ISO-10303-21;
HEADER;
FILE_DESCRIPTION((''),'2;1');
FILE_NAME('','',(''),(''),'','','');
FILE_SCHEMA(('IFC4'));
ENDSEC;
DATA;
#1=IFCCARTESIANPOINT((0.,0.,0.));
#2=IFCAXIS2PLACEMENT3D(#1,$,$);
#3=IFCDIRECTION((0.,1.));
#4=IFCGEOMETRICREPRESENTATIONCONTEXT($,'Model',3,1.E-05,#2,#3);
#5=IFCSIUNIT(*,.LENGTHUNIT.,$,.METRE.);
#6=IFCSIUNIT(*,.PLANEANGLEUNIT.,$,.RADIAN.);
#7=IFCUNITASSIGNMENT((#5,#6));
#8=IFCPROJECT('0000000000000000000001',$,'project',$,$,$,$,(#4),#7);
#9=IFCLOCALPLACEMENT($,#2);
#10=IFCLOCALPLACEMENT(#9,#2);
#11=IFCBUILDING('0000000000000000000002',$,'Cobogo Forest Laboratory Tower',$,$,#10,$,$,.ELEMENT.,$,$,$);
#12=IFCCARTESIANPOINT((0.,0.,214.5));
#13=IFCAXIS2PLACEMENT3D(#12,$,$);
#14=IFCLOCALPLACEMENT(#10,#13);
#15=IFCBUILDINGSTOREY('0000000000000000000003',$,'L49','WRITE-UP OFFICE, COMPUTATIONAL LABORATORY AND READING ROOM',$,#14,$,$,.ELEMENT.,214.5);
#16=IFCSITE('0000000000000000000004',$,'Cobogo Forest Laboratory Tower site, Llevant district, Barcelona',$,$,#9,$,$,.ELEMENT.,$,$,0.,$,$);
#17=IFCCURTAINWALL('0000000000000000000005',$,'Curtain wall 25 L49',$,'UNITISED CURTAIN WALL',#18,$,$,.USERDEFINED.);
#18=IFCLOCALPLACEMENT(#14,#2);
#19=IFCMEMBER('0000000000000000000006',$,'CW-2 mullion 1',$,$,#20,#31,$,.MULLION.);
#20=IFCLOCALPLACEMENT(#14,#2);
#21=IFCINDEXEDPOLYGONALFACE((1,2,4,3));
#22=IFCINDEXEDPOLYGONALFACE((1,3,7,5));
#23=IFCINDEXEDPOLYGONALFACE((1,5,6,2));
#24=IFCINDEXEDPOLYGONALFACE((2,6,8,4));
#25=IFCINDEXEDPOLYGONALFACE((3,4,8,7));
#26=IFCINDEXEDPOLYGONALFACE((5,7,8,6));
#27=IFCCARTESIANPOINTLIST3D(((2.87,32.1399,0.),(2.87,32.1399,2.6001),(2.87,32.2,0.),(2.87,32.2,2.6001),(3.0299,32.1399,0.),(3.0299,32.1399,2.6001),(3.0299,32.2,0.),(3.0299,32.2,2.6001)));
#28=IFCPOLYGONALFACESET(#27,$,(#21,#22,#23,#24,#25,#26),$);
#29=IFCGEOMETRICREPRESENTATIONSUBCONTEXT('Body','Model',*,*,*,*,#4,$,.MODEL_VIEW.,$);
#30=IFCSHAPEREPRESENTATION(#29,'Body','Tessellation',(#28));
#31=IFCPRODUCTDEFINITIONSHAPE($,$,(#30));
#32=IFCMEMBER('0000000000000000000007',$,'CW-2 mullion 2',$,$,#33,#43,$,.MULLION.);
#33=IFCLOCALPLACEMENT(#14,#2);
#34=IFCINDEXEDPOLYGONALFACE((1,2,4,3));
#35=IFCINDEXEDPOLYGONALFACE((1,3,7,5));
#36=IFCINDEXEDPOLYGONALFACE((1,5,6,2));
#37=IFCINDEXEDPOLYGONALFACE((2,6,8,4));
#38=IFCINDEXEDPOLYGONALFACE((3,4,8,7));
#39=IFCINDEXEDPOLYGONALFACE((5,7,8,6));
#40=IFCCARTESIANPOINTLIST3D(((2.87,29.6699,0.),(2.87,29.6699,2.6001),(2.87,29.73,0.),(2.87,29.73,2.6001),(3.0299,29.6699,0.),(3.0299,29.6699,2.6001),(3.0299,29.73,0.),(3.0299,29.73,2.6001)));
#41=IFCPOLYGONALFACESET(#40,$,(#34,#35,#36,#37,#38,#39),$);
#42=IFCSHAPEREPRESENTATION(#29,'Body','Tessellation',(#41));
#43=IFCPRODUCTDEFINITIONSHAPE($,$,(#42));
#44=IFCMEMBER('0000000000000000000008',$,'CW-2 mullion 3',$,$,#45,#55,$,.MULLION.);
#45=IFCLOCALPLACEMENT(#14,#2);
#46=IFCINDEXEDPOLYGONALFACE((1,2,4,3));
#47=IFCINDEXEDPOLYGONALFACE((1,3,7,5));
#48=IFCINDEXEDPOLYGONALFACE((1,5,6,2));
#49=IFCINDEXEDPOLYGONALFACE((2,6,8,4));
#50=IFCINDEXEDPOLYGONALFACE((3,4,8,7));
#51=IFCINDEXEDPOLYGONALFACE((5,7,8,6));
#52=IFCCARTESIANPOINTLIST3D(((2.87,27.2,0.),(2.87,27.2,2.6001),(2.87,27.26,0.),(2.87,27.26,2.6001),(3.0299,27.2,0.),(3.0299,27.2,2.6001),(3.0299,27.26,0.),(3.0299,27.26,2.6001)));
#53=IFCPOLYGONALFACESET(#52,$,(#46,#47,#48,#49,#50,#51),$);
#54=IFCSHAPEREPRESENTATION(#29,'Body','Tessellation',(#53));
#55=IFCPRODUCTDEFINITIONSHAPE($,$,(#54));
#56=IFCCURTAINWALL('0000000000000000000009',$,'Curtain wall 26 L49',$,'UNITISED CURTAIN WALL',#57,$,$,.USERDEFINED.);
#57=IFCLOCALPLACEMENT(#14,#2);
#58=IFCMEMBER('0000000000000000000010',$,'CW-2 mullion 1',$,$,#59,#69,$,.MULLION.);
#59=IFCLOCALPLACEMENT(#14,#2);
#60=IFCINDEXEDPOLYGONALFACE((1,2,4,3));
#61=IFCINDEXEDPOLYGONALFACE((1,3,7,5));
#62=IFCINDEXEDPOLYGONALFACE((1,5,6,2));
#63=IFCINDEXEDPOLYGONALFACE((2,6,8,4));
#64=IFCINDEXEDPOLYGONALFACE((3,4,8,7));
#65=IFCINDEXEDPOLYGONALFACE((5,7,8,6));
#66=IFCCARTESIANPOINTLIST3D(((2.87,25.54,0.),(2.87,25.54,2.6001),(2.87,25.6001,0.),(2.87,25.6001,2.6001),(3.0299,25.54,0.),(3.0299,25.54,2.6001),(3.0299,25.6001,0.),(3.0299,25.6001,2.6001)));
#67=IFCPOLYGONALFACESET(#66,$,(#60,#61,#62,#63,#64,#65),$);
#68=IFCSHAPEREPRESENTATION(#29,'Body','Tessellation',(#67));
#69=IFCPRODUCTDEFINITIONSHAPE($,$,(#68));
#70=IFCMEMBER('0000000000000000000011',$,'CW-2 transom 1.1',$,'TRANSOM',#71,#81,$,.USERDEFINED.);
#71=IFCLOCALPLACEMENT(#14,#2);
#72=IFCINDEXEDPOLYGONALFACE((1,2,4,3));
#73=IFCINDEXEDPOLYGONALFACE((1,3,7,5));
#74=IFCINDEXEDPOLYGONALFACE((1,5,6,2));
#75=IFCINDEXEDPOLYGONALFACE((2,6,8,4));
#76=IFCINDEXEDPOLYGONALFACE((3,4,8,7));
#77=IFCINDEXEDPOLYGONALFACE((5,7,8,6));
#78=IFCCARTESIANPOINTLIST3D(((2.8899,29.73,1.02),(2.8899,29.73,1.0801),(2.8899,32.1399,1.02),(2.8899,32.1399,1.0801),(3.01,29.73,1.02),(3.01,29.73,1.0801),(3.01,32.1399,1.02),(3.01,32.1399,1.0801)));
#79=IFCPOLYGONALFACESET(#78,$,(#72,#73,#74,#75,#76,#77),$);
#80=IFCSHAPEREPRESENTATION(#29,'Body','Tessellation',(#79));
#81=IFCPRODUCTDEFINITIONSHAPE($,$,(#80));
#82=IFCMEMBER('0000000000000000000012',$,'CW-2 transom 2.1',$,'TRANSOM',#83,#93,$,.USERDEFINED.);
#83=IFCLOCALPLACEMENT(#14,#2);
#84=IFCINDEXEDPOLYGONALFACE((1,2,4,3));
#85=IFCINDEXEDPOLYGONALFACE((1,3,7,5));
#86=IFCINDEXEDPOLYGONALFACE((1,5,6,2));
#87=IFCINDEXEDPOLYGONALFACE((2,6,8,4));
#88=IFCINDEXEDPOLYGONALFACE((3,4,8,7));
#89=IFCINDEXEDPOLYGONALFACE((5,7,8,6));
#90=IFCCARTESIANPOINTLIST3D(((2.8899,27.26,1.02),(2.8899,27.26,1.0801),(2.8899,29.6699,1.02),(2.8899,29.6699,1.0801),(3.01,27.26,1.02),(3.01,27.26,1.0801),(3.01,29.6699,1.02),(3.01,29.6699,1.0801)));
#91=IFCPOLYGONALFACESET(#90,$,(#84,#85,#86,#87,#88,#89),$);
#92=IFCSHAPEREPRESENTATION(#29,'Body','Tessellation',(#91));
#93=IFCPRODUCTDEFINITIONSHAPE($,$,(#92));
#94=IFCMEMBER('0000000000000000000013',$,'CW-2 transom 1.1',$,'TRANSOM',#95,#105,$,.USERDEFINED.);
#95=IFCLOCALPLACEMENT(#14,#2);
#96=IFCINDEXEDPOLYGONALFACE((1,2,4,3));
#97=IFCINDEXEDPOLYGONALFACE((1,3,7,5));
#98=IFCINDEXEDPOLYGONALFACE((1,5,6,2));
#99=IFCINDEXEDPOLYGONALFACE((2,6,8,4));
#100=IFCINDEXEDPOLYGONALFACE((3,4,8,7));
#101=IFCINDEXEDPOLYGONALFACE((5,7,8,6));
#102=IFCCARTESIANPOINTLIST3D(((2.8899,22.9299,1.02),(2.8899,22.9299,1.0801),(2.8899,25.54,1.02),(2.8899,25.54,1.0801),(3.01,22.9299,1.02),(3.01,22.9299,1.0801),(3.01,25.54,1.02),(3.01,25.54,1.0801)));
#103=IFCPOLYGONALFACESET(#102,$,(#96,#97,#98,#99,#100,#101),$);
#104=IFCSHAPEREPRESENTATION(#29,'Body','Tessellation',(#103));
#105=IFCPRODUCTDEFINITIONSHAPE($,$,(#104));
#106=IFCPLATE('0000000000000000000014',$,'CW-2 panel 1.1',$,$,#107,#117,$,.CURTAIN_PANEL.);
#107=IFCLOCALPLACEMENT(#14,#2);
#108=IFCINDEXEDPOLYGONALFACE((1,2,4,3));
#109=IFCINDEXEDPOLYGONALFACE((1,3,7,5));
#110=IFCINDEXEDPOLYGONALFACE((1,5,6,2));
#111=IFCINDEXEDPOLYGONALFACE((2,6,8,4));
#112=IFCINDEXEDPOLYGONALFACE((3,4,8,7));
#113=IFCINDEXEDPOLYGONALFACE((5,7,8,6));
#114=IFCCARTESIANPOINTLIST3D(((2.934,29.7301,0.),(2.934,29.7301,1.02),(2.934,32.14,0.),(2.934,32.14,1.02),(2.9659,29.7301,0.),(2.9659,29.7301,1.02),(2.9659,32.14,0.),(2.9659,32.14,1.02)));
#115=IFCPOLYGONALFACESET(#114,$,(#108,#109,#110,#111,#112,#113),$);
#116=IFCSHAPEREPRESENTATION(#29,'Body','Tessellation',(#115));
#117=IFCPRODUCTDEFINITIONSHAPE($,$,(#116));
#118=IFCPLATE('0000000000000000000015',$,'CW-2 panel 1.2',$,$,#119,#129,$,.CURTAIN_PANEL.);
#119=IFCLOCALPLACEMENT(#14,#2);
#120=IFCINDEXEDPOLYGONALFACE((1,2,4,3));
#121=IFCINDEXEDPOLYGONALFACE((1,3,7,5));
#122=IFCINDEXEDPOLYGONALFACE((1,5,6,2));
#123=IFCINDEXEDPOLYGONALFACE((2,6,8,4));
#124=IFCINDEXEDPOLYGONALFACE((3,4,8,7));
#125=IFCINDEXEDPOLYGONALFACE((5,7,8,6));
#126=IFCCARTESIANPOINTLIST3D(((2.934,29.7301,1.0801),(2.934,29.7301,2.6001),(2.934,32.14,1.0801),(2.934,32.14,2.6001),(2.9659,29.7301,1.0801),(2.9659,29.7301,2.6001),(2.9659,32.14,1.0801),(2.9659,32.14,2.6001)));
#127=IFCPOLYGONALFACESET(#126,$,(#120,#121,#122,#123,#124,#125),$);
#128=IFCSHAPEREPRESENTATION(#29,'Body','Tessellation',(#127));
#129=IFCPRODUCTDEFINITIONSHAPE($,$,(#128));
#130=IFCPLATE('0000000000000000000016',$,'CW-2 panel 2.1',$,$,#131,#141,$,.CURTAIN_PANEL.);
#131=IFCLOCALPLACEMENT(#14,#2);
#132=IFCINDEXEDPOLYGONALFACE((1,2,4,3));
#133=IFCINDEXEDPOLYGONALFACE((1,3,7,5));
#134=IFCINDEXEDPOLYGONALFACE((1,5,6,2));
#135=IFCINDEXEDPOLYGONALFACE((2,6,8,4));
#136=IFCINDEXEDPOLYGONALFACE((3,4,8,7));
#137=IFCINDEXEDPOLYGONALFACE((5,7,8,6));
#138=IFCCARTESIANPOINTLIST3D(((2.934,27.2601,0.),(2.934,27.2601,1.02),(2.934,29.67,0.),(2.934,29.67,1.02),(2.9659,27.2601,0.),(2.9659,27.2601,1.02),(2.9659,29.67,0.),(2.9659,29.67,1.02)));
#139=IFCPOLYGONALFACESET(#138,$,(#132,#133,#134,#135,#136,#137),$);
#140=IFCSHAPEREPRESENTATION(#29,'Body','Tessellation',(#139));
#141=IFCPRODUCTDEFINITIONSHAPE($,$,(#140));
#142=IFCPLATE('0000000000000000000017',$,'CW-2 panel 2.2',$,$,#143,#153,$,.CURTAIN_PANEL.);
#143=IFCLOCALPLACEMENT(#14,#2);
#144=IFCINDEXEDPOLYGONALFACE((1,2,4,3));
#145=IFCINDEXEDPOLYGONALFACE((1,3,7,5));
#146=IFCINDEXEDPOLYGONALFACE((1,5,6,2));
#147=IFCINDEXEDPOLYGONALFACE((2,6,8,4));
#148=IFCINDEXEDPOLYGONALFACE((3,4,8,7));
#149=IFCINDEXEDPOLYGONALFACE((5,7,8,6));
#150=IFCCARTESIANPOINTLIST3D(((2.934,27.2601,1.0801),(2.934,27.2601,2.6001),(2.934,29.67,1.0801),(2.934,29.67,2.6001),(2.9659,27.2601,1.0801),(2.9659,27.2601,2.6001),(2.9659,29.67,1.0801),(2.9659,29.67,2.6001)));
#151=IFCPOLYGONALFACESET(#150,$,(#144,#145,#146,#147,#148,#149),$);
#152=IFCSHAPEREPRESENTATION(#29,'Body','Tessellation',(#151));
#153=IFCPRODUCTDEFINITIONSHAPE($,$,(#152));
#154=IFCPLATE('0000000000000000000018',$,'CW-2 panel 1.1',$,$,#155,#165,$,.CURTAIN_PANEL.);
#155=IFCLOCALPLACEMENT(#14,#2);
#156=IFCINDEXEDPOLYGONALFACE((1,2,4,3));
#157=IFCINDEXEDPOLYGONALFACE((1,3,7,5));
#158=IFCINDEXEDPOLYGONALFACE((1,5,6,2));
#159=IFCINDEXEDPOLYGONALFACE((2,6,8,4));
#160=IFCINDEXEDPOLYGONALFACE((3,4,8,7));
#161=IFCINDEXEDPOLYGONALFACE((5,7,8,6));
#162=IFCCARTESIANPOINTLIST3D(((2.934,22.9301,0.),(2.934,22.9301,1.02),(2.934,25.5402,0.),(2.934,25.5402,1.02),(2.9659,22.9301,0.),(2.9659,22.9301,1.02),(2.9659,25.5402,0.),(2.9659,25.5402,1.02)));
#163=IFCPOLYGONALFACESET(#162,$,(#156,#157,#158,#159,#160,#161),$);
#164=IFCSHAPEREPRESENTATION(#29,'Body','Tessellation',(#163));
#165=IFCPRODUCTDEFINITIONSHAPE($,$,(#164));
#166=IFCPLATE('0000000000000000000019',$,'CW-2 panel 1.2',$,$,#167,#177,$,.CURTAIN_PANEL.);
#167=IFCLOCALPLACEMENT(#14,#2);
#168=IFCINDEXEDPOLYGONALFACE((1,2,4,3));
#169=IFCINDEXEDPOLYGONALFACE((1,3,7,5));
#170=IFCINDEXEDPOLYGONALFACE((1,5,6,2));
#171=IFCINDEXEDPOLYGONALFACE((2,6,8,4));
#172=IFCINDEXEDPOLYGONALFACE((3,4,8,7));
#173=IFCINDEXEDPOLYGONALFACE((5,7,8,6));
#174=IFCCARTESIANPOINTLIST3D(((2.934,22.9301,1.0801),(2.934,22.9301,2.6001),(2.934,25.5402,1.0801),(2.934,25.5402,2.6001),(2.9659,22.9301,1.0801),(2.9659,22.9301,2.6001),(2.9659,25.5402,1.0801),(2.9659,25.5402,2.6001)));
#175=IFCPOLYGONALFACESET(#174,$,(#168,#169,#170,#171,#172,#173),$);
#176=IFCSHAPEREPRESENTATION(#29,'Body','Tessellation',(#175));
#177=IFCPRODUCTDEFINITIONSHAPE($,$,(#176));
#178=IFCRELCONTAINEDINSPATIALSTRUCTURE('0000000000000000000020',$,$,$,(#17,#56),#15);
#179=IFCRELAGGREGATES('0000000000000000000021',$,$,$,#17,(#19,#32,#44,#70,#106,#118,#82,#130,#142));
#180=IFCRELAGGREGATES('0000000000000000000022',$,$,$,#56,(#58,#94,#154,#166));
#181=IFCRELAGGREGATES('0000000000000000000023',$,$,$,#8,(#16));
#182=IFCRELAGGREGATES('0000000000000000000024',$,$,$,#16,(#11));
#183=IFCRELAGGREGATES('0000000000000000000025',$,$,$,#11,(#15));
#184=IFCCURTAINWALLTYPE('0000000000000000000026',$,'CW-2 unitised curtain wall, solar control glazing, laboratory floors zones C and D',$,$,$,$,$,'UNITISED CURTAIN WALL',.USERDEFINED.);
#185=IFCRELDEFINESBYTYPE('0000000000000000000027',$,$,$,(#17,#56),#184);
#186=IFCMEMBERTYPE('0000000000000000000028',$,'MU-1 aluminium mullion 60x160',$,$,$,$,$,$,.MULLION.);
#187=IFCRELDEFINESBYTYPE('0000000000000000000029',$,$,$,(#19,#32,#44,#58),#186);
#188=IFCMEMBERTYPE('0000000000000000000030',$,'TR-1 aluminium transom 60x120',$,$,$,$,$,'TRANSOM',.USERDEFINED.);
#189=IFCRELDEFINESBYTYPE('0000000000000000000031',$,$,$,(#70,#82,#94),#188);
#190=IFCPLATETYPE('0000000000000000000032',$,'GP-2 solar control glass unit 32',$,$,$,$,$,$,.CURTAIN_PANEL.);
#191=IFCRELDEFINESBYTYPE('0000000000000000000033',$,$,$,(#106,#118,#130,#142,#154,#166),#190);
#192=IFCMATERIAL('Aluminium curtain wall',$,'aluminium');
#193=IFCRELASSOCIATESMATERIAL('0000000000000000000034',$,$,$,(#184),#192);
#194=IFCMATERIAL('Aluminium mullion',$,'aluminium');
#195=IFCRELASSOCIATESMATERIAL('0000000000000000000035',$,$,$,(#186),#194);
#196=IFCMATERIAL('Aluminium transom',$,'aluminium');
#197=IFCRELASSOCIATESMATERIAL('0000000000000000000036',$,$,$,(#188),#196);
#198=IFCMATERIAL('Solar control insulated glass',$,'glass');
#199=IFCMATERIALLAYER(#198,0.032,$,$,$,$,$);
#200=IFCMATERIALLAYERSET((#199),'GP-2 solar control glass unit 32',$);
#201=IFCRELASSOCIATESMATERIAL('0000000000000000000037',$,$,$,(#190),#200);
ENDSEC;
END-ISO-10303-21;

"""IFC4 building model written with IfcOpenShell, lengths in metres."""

from ifc_helpers import new_model, si_unit, direction, frame, origin, origin_2d, place, context, subcontext, project, spatial, rectangle, extrude, material, layer, layer_set, material_profile, profile_set, type_object, element, aggregate, save


model = new_model("IFC4")

# Units and contexts
model_context = context("Model", 3, precision=1e-05, world=origin(), true_north=direction((0.0, 1.0)))
body_context = subcontext(model_context, "Body", "Model", "MODEL_VIEW")
ifc_project = project(units=[si_unit("LENGTHUNIT", "METRE"), si_unit("PLANEANGLEUNIT", "RADIAN")], contexts=[model_context])

# Site, building, storey
site_placement = place(None, origin())
site = spatial("IfcSite", under=ifc_project, at=site_placement, Name="Cobogo Forest Laboratory Tower site, Llevant district, Barcelona", CompositionType="ELEMENT", RefElevation=0.0)
building_placement = place(site_placement, origin())
building = spatial("IfcBuilding", under=site, at=building_placement, Name="Cobogo Forest Laboratory Tower", CompositionType="ELEMENT")
storey_placement = place(building_placement, frame((0.0, 0.0, 214.5)))
storey = spatial("IfcBuildingStorey", under=building, at=storey_placement, Name="L49", Description="WRITE-UP OFFICE, COMPUTATIONAL LABORATORY AND READING ROOM", CompositionType="ELEMENT", Elevation=214.5)

# Curtain wall, members
ifc_material_1 = material(Name="Aluminium curtain wall", Category="aluminium")
curtain_wall_type = type_object("IfcCurtainWallType", Name="CW-2 unitised curtain wall, solar control glazing, laboratory floors zones C and D", ElementType="UNITISED CURTAIN WALL", PredefinedType="USERDEFINED", material=ifc_material_1)
curtain_wall_1_placement = place(storey_placement, origin())
curtain_wall_1 = element("IfcCurtainWall", 1, at=curtain_wall_1_placement, inside=storey, type_object=curtain_wall_type, Name="Curtain wall 25 L49", ObjectType="UNITISED CURTAIN WALL", PredefinedType="USERDEFINED")
ifc_material_2 = material(Name="Aluminium mullion", Category="aluminium")
ifc_material_profile_1 = material_profile(ifc_material_2, rectangle(XDim=0.0601, YDim=0.1599, at=origin_2d()), Name="AL 60x160")
ifc_profile_set_1 = profile_set([ifc_material_profile_1], Name="Aluminium mullion")
member_type_1 = type_object("IfcMemberType", Name="MU-1 aluminium mullion 60x160", PredefinedType="MULLION", material=ifc_profile_set_1)
member_1_placement = place(storey_placement, frame((2.95, 32.1699, 0.0), z_axis=(0.0, 0.0, 1.0), x_axis=(0.0, -1.0, 0.0)))
member_1 = element("IfcMember", 2, at=member_1_placement, type_object=member_type_1, Name="CW-2 mullion 1", PredefinedType="MULLION", context=body_context, shape_type="SweptSolid", body=[
    extrude(rectangle(XDim=0.0601, YDim=0.1599, at=origin_2d()), origin(), (0.0, 0.0, 1.0), 2.6001),
])
member_2_placement = place(storey_placement, frame((2.95, 29.7, 0.0), z_axis=(0.0, 0.0, 1.0), x_axis=(0.0, -1.0, 0.0)))
member_2 = element("IfcMember", 3, at=member_2_placement, type_object=member_type_1, Name="CW-2 mullion 2", PredefinedType="MULLION", context=body_context, shape_type="SweptSolid", body=[
    extrude(rectangle(XDim=0.0601, YDim=0.1599, at=origin_2d()), origin(), (0.0, 0.0, 1.0), 2.6001),
])
member_3_placement = place(storey_placement, frame((2.95, 27.23, 0.0), z_axis=(0.0, 0.0, 1.0), x_axis=(0.0, -1.0, 0.0)))
member_3 = element("IfcMember", 4, at=member_3_placement, type_object=member_type_1, Name="CW-2 mullion 3", PredefinedType="MULLION", context=body_context, shape_type="SweptSolid", body=[
    extrude(rectangle(XDim=0.0601, YDim=0.1599, at=origin_2d()), origin(), (0.0, 0.0, 1.0), 2.6001),
])

# Curtain wall, member
curtain_wall_2_placement = place(storey_placement, origin())
curtain_wall_2 = element("IfcCurtainWall", 5, at=curtain_wall_2_placement, inside=storey, type_object=curtain_wall_type, Name="Curtain wall 26 L49", ObjectType="UNITISED CURTAIN WALL", PredefinedType="USERDEFINED")
member_4_placement = place(storey_placement, frame((2.95, 25.5701, 0.0), z_axis=(0.0, 0.0, 1.0), x_axis=(0.0, -1.0, 0.0)))
member_4 = element("IfcMember", 6, at=member_4_placement, type_object=member_type_1, Name="CW-2 mullion 1", PredefinedType="MULLION", context=body_context, shape_type="SweptSolid", body=[
    extrude(rectangle(XDim=0.0601, YDim=0.1599, at=origin_2d()), origin(), (0.0, 0.0, 1.0), 2.6001),
])

# Members
ifc_material_3 = material(Name="Aluminium transom", Category="aluminium")
ifc_material_profile_2 = material_profile(ifc_material_3, rectangle(XDim=0.1201, YDim=0.0601, at=origin_2d()), Name="AL 60x120")
ifc_profile_set_2 = profile_set([ifc_material_profile_2], Name="Aluminium transom")
member_type_2 = type_object("IfcMemberType", Name="TR-1 aluminium transom 60x120", ElementType="TRANSOM", PredefinedType="USERDEFINED", material=ifc_profile_set_2)
member_5_placement = place(storey_placement, frame((2.95, 32.1399, 1.05), z_axis=(0.0, -1.0, 0.0), x_axis=(1.0, 0.0, 0.0)))
member_5 = element("IfcMember", 7, at=member_5_placement, type_object=member_type_2, Name="CW-2 transom 1.1", ObjectType="TRANSOM", PredefinedType="USERDEFINED", context=body_context, shape_type="SweptSolid", body=[
    extrude(rectangle(XDim=0.1201, YDim=0.0601, at=origin_2d()), origin(), (0.0, 0.0, 1.0), 2.4099),
])
member_6_placement = place(storey_placement, frame((2.95, 29.6699, 1.05), z_axis=(0.0, -1.0, 0.0), x_axis=(1.0, 0.0, 0.0)))
member_6 = element("IfcMember", 8, at=member_6_placement, type_object=member_type_2, Name="CW-2 transom 2.1", ObjectType="TRANSOM", PredefinedType="USERDEFINED", context=body_context, shape_type="SweptSolid", body=[
    extrude(rectangle(XDim=0.1201, YDim=0.0601, at=origin_2d()), origin(), (0.0, 0.0, 1.0), 2.4099),
])
member_7_placement = place(storey_placement, frame((2.95, 25.54, 1.05), z_axis=(0.0, -1.0, 0.0), x_axis=(1.0, 0.0, 0.0)))
member_7 = element("IfcMember", 9, at=member_7_placement, type_object=member_type_2, Name="CW-2 transom 1.1", ObjectType="TRANSOM", PredefinedType="USERDEFINED", context=body_context, shape_type="SweptSolid", body=[
    extrude(rectangle(XDim=0.1201, YDim=0.0601, at=origin_2d()), origin(), (0.0, 0.0, 1.0), 2.6101),
])

# Plates
ifc_material_4 = material(Name="Solar control insulated glass", Category="glass")
ifc_layer = layer(ifc_material_4, 0.032)
ifc_layer_set = layer_set([ifc_layer], Name="GP-2 solar control glass unit 32")
plate_type_1 = type_object("IfcPlateType", Name="GP-2 solar control glass unit 32", PredefinedType="CURTAIN_PANEL", material=ifc_layer_set)
plate_1_placement = place(storey_placement, frame((2.95, 30.9351, 0.0), z_axis=(0.0, 0.0, 1.0), x_axis=(0.0, -1.0, 0.0)))
plate_1 = element("IfcPlate", 10, at=plate_1_placement, type_object=plate_type_1, Name="CW-2 panel 1.1", PredefinedType="CURTAIN_PANEL", context=body_context, shape_type="SweptSolid", body=[
    extrude(rectangle(XDim=2.4099, YDim=0.032, at=origin_2d()), origin(), (0.0, 0.0, 1.0), 1.02),
])
plate_2_placement = place(storey_placement, frame((2.95, 30.9351, 1.0801), z_axis=(0.0, 0.0, 1.0), x_axis=(0.0, -1.0, 0.0)))
plate_2 = element("IfcPlate", 11, at=plate_2_placement, type_object=plate_type_1, Name="CW-2 panel 1.2", PredefinedType="CURTAIN_PANEL", context=body_context, shape_type="SweptSolid", body=[
    extrude(rectangle(XDim=2.4099, YDim=0.032, at=origin_2d()), origin(), (0.0, 0.0, 1.0), 1.52),
])
plate_3_placement = place(storey_placement, frame((2.95, 28.4651, 0.0), z_axis=(0.0, 0.0, 1.0), x_axis=(0.0, -1.0, 0.0)))
plate_3 = element("IfcPlate", 12, at=plate_3_placement, type_object=plate_type_1, Name="CW-2 panel 2.1", PredefinedType="CURTAIN_PANEL", context=body_context, shape_type="SweptSolid", body=[
    extrude(rectangle(XDim=2.4099, YDim=0.032, at=origin_2d()), origin(), (0.0, 0.0, 1.0), 1.02),
])
plate_4_placement = place(storey_placement, frame((2.95, 28.4651, 1.0801), z_axis=(0.0, 0.0, 1.0), x_axis=(0.0, -1.0, 0.0)))
plate_4 = element("IfcPlate", 13, at=plate_4_placement, type_object=plate_type_1, Name="CW-2 panel 2.2", PredefinedType="CURTAIN_PANEL", context=body_context, shape_type="SweptSolid", body=[
    extrude(rectangle(XDim=2.4099, YDim=0.032, at=origin_2d()), origin(), (0.0, 0.0, 1.0), 1.52),
])
aggregate(curtain_wall_1, [member_1, member_2, member_3, member_5, plate_1, plate_2, member_6, plate_3, plate_4])
plate_5_placement = place(storey_placement, frame((2.95, 24.2351, 0.0), z_axis=(0.0, 0.0, 1.0), x_axis=(0.0, -1.0, 0.0)))
plate_5 = element("IfcPlate", 14, at=plate_5_placement, type_object=plate_type_1, Name="CW-2 panel 1.1", PredefinedType="CURTAIN_PANEL", context=body_context, shape_type="SweptSolid", body=[
    extrude(rectangle(XDim=2.6101, YDim=0.032, at=origin_2d()), origin(), (0.0, 0.0, 1.0), 1.02),
])
plate_6_placement = place(storey_placement, frame((2.95, 24.2351, 1.0801), z_axis=(0.0, 0.0, 1.0), x_axis=(0.0, -1.0, 0.0)))
plate_6 = element("IfcPlate", 15, at=plate_6_placement, type_object=plate_type_1, Name="CW-2 panel 1.2", PredefinedType="CURTAIN_PANEL", context=body_context, shape_type="SweptSolid", body=[
    extrude(rectangle(XDim=2.6101, YDim=0.032, at=origin_2d()), origin(), (0.0, 0.0, 1.0), 1.52),
])
aggregate(curtain_wall_2, [member_4, member_7, plate_5, plate_6])

save(model, "model.ifc")
